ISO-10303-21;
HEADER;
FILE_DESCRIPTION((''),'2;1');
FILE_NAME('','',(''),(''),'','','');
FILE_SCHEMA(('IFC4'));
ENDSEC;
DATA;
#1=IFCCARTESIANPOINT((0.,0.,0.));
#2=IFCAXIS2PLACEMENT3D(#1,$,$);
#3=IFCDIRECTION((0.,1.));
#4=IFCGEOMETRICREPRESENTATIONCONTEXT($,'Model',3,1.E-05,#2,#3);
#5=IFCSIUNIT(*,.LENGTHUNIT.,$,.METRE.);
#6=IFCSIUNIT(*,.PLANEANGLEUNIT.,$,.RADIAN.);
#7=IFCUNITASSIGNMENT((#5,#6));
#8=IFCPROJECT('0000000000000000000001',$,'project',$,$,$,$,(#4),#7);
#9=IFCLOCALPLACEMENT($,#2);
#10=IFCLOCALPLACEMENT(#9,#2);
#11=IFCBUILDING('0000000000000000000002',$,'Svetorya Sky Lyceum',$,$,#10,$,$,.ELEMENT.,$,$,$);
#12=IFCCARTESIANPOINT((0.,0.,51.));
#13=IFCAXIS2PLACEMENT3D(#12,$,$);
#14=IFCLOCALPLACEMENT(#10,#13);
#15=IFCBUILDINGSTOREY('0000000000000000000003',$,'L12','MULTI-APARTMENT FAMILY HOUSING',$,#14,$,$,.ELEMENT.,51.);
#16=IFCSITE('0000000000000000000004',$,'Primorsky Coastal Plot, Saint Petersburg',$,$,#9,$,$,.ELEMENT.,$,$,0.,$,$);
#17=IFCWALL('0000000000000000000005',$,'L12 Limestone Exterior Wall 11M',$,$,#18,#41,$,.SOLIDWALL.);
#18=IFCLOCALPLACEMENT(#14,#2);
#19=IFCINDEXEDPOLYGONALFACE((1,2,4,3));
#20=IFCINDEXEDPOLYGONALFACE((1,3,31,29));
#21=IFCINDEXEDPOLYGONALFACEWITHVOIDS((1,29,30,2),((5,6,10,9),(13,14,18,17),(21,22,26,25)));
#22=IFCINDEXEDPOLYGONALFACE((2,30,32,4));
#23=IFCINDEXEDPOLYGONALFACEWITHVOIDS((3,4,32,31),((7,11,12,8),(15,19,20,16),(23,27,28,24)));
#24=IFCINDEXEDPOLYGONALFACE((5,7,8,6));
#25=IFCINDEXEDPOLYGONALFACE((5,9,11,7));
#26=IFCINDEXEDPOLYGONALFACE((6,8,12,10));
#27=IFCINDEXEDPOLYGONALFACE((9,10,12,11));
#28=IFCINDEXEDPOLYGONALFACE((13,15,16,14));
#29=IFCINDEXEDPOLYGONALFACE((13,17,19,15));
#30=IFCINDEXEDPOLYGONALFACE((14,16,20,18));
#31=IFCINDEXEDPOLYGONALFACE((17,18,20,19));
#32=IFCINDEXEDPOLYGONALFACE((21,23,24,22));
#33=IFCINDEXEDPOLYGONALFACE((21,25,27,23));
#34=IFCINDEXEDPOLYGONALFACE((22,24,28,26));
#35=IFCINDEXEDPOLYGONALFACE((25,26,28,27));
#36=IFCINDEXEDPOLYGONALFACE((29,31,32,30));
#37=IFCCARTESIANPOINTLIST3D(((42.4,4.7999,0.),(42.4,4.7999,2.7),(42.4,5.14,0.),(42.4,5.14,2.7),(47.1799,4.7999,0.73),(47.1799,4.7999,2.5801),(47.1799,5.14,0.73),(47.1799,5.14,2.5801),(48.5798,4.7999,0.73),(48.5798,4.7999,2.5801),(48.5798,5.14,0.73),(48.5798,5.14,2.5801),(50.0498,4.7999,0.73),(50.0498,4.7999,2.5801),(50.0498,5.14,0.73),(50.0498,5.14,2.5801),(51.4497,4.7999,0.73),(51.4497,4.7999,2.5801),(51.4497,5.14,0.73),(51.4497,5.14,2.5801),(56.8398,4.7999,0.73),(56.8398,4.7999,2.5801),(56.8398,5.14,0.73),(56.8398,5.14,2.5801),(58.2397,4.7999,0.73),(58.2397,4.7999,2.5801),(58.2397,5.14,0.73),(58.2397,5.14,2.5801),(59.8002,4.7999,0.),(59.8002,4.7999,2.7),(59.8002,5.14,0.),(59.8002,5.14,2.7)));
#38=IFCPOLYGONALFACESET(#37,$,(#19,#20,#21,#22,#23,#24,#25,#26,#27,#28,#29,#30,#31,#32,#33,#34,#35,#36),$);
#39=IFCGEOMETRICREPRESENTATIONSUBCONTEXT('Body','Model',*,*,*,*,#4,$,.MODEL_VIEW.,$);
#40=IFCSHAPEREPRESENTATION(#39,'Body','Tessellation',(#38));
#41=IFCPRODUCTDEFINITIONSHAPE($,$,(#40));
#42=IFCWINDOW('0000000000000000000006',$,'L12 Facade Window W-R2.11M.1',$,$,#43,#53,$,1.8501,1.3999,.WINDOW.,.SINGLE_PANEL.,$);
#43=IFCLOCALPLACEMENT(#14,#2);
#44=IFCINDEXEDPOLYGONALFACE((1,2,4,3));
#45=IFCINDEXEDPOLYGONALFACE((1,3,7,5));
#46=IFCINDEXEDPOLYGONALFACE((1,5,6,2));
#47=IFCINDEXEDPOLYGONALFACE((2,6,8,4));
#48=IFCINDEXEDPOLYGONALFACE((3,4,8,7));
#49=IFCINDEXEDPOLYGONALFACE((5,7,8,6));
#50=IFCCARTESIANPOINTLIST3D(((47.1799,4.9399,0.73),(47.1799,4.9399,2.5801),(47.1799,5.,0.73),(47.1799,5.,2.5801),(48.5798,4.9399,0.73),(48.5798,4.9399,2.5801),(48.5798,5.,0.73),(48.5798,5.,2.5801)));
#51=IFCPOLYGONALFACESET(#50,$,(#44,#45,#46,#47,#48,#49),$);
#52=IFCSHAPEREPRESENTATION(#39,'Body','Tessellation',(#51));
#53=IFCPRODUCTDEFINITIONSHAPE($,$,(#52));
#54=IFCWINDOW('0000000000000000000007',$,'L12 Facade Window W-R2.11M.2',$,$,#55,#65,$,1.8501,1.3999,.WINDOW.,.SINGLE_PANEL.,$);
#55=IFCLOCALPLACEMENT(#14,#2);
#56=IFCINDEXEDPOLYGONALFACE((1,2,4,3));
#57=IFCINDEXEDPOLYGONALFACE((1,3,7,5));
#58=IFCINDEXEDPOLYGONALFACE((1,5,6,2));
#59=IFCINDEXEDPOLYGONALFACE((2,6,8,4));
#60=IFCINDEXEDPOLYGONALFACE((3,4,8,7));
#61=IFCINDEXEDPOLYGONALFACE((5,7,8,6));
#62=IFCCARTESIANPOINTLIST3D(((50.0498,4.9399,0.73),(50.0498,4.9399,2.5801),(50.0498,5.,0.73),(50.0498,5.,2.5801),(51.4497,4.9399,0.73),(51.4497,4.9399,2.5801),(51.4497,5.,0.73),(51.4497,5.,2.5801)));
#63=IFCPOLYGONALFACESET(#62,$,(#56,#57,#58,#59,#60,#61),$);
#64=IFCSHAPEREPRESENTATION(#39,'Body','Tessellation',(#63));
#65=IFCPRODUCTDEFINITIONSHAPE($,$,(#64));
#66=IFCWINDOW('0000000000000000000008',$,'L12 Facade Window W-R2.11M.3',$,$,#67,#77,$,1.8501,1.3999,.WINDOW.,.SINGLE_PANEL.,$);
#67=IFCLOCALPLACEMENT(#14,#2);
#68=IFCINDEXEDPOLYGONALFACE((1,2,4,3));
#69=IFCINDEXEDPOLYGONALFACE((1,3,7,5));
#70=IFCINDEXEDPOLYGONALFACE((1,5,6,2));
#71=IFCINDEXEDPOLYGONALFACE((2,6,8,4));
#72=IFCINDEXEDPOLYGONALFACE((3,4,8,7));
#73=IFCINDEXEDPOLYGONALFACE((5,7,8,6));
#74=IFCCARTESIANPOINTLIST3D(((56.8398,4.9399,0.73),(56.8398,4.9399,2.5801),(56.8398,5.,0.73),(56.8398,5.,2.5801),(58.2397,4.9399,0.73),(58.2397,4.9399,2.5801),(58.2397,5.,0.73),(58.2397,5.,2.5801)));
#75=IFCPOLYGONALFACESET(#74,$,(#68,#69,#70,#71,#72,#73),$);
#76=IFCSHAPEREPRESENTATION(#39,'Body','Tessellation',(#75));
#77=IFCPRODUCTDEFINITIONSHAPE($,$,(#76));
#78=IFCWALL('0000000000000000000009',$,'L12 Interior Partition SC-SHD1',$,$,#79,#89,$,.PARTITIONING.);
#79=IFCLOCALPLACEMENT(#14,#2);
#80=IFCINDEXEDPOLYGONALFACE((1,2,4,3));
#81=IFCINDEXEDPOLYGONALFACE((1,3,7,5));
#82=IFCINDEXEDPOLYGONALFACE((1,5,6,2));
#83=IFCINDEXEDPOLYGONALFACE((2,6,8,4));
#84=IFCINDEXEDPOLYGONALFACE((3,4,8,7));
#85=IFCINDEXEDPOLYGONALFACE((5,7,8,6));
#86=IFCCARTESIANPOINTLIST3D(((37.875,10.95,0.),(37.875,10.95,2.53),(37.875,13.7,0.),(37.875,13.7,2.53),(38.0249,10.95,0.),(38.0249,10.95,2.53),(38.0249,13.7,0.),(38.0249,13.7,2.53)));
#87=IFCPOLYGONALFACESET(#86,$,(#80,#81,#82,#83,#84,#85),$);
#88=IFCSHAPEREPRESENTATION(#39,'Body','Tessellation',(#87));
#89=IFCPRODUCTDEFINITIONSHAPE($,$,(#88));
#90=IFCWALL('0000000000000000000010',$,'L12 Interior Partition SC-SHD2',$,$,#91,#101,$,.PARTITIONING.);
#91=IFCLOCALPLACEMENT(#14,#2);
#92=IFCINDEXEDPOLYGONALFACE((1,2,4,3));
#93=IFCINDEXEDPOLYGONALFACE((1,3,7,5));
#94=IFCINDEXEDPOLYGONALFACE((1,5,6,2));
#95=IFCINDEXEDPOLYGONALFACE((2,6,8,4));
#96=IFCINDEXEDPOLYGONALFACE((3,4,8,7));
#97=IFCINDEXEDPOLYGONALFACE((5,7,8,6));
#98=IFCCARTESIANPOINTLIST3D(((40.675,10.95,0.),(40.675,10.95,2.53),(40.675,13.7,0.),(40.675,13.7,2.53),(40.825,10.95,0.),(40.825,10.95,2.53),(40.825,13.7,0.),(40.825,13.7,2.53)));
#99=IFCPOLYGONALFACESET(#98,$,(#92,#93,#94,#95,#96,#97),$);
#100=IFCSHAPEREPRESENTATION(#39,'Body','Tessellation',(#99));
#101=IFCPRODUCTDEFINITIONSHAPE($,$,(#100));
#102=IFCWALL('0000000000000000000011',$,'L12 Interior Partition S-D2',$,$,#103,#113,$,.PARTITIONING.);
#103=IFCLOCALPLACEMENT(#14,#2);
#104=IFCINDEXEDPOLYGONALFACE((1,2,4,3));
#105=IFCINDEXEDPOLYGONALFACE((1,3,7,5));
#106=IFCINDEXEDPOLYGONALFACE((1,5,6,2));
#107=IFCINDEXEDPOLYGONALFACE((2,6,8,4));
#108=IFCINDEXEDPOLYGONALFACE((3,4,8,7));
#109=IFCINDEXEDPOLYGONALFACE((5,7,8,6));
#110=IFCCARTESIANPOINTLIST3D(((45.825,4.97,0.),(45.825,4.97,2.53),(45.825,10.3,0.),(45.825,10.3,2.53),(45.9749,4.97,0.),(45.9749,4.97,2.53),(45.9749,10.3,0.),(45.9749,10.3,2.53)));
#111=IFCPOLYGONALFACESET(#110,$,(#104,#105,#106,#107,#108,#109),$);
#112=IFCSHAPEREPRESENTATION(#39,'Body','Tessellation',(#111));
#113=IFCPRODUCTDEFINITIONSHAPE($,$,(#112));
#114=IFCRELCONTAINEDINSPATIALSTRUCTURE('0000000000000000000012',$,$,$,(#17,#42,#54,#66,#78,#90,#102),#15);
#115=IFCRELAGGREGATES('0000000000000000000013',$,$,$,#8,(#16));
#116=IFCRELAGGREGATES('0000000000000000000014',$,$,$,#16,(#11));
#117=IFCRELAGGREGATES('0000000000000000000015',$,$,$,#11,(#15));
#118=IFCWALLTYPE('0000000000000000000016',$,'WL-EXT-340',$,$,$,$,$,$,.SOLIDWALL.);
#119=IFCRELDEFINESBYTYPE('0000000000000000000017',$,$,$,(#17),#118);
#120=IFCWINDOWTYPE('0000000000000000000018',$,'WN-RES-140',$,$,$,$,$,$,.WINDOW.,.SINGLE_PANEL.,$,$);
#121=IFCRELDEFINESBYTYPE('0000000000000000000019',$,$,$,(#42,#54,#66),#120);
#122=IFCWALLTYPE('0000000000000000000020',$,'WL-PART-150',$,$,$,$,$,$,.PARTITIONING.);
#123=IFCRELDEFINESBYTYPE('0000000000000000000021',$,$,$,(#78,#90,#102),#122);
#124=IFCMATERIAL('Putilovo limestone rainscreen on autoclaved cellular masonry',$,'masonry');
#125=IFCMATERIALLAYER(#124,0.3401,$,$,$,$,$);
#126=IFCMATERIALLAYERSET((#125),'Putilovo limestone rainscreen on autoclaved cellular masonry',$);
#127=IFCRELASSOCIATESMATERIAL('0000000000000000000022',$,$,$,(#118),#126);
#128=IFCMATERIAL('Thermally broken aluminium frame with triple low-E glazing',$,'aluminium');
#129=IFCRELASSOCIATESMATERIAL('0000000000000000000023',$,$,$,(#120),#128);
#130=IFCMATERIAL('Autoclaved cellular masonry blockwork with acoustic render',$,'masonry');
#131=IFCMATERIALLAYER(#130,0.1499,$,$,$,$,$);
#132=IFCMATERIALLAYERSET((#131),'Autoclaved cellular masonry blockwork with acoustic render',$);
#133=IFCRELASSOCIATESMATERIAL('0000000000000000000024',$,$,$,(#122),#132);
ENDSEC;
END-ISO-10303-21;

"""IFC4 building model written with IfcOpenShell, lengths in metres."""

from ifc_helpers import new_model, si_unit, direction, frame, frame_2d, origin, place, context, subcontext, project, spatial, rectangle, extrude, material, layer, layer_set, type_object, element, fill, save


model = new_model("IFC4")

# Units and contexts
model_context = context("Model", 3, precision=1e-05, world=origin(), true_north=direction((0.0, 1.0)))
body_context = subcontext(model_context, "Body", "Model", "MODEL_VIEW")
ifc_project = project(units=[si_unit("LENGTHUNIT", "METRE"), si_unit("PLANEANGLEUNIT", "RADIAN")], contexts=[model_context])

# Site, building, storey
site_placement = place(None, origin())
site = spatial("IfcSite", under=ifc_project, at=site_placement, Name="Primorsky Coastal Plot, Saint Petersburg", CompositionType="ELEMENT", RefElevation=0.0)
building_placement = place(site_placement, origin())
building = spatial("IfcBuilding", under=site, at=building_placement, Name="Svetorya Sky Lyceum", CompositionType="ELEMENT")
storey_placement = place(building_placement, frame((0.0, 0.0, 51.0)))
storey = spatial("IfcBuildingStorey", under=building, at=storey_placement, Name="L12", Description="MULTI-APARTMENT FAMILY HOUSING", CompositionType="ELEMENT", Elevation=51.0)

# Shared definitions
ifc_material_1 = material(Name="Putilovo limestone rainscreen on autoclaved cellular masonry", Category="masonry")
ifc_layer_1 = layer(ifc_material_1, 0.3401)
ifc_layer_set_1 = layer_set([ifc_layer_1], Name="Putilovo limestone rainscreen on autoclaved cellular masonry")
wall_type_1 = type_object("IfcWallType", Name="WL-EXT-340", PredefinedType="SOLIDWALL", material=ifc_layer_set_1)

# Wall, openings, windows
wall_1_placement = place(storey_placement, frame((42.3999, 4.97, 0.0), z_axis=(0.0, 0.0, 1.0), x_axis=(1.0, 0.0, 0.0)))
wall_1 = element("IfcWall", 1, at=wall_1_placement, inside=storey, type_object=wall_type_1, Name="L12 Limestone Exterior Wall 11M", PredefinedType="SOLIDWALL", context=body_context, shape_type="SweptSolid", body=[
    extrude(rectangle(XDim=17.4001, YDim=0.3401, at=frame_2d((8.7002, 0.0))), origin(), (0.0, 0.0, 1.0), 2.7),
])
opening_1_placement = place(wall_1_placement, frame((4.78, 0.0, 0.73)))
opening_1 = element("IfcOpeningElement", 2, at=opening_1_placement, cuts=wall_1, PredefinedType="OPENING", context=body_context, shape_type="SweptSolid", body=[
    extrude(rectangle(XDim=1.3999, YDim=1.8501, at=frame_2d((0.7, 0.925))), frame((0.0, 0.1799, 0.0), z_axis=(0.0, -1.0, 0.0), x_axis=(1.0, 0.0, 0.0)), (0.0, 0.0, 1.0), 0.3601),
])
opening_2_placement = place(wall_1_placement, frame((7.6499, 0.0, 0.73)))
opening_2 = element("IfcOpeningElement", 3, at=opening_2_placement, cuts=wall_1, PredefinedType="OPENING", context=body_context, shape_type="SweptSolid", body=[
    extrude(rectangle(XDim=1.3999, YDim=1.8501, at=frame_2d((0.7, 0.925))), frame((0.0, 0.1799, 0.0), z_axis=(0.0, -1.0, 0.0), x_axis=(1.0, 0.0, 0.0)), (0.0, 0.0, 1.0), 0.3601),
])
opening_3_placement = place(wall_1_placement, frame((14.4399, 0.0, 0.73)))
opening_3 = element("IfcOpeningElement", 4, at=opening_3_placement, cuts=wall_1, PredefinedType="OPENING", context=body_context, shape_type="SweptSolid", body=[
    extrude(rectangle(XDim=1.3999, YDim=1.8501, at=frame_2d((0.7, 0.925))), frame((0.0, 0.1799, 0.0), z_axis=(0.0, -1.0, 0.0), x_axis=(1.0, 0.0, 0.0)), (0.0, 0.0, 1.0), 0.3601),
])
ifc_material_2 = material(Name="Thermally broken aluminium frame with triple low-E glazing", Category="aluminium")
window_type = type_object("IfcWindowType", Name="WN-RES-140", PartitioningType="SINGLE_PANEL", PredefinedType="WINDOW", material=ifc_material_2)
window_1_placement = place(opening_1_placement, origin())
window_1 = element("IfcWindow", 5, at=window_1_placement, inside=storey, type_object=window_type, Name="L12 Facade Window W-R2.11M.1", OverallHeight=1.8501, OverallWidth=1.3999, PartitioningType="SINGLE_PANEL", PredefinedType="WINDOW", context=body_context, shape_type="SweptSolid", body=[
    extrude(rectangle(XDim=1.3999, YDim=1.8501, at=frame_2d((0.7, 0.925))), frame((0.0, 0.03, 0.0), z_axis=(0.0, -1.0, 0.0), x_axis=(1.0, 0.0, 0.0)), (0.0, 0.0, 1.0), 0.0601),
])
fill(opening_1, window_1)
window_2_placement = place(opening_2_placement, origin())
window_2 = element("IfcWindow", 6, at=window_2_placement, inside=storey, type_object=window_type, Name="L12 Facade Window W-R2.11M.2", OverallHeight=1.8501, OverallWidth=1.3999, PartitioningType="SINGLE_PANEL", PredefinedType="WINDOW", context=body_context, shape_type="SweptSolid", body=[
    extrude(rectangle(XDim=1.3999, YDim=1.8501, at=frame_2d((0.7, 0.925))), frame((0.0, 0.03, 0.0), z_axis=(0.0, -1.0, 0.0), x_axis=(1.0, 0.0, 0.0)), (0.0, 0.0, 1.0), 0.0601),
])
fill(opening_2, window_2)
window_3_placement = place(opening_3_placement, origin())
window_3 = element("IfcWindow", 7, at=window_3_placement, inside=storey, type_object=window_type, Name="L12 Facade Window W-R2.11M.3", OverallHeight=1.8501, OverallWidth=1.3999, PartitioningType="SINGLE_PANEL", PredefinedType="WINDOW", context=body_context, shape_type="SweptSolid", body=[
    extrude(rectangle(XDim=1.3999, YDim=1.8501, at=frame_2d((0.7, 0.925))), frame((0.0, 0.03, 0.0), z_axis=(0.0, -1.0, 0.0), x_axis=(1.0, 0.0, 0.0)), (0.0, 0.0, 1.0), 0.0601),
])
fill(opening_3, window_3)

# Walls
ifc_material_3 = material(Name="Autoclaved cellular masonry blockwork with acoustic render", Category="masonry")
ifc_layer_2 = layer(ifc_material_3, 0.1499)
ifc_layer_set_2 = layer_set([ifc_layer_2], Name="Autoclaved cellular masonry blockwork with acoustic render")
wall_type_2 = type_object("IfcWallType", Name="WL-PART-150", PredefinedType="PARTITIONING", material=ifc_layer_set_2)
for number, where, z_axis, x_axis, name in (
    (8, (37.95, 10.95, 0.0), (0.0, 0.0, 1.0), (0.0, 1.0, 0.0), "L12 Interior Partition SC-SHD1"),
    (9, (40.75, 10.95, 0.0), (0.0, 0.0, 1.0), (0.0, 1.0, 0.0), "L12 Interior Partition SC-SHD2"),
):
    element("IfcWall", number, at=place(storey_placement, frame(where, z_axis=z_axis, x_axis=x_axis)), inside=storey, type_object=wall_type_2, Name=name, PredefinedType="PARTITIONING", context=body_context, shape_type="SweptSolid", body=[
        extrude(rectangle(XDim=2.75, YDim=0.1499, at=frame_2d((1.375, 0.0))), origin(), (0.0, 0.0, 1.0), 2.53),
    ])
wall_2_placement = place(storey_placement, frame((45.8999, 4.97, 0.0), z_axis=(0.0, 0.0, 1.0), x_axis=(0.0, 1.0, 0.0)))
element("IfcWall", 10, at=wall_2_placement, inside=storey, type_object=wall_type_2, Name="L12 Interior Partition S-D2", PredefinedType="PARTITIONING", context=body_context, shape_type="SweptSolid", body=[
    extrude(rectangle(XDim=5.3301, YDim=0.1499, at=frame_2d((2.665, 0.0))), origin(), (0.0, 0.0, 1.0), 2.53),
])

save(model, "model.ifc")
